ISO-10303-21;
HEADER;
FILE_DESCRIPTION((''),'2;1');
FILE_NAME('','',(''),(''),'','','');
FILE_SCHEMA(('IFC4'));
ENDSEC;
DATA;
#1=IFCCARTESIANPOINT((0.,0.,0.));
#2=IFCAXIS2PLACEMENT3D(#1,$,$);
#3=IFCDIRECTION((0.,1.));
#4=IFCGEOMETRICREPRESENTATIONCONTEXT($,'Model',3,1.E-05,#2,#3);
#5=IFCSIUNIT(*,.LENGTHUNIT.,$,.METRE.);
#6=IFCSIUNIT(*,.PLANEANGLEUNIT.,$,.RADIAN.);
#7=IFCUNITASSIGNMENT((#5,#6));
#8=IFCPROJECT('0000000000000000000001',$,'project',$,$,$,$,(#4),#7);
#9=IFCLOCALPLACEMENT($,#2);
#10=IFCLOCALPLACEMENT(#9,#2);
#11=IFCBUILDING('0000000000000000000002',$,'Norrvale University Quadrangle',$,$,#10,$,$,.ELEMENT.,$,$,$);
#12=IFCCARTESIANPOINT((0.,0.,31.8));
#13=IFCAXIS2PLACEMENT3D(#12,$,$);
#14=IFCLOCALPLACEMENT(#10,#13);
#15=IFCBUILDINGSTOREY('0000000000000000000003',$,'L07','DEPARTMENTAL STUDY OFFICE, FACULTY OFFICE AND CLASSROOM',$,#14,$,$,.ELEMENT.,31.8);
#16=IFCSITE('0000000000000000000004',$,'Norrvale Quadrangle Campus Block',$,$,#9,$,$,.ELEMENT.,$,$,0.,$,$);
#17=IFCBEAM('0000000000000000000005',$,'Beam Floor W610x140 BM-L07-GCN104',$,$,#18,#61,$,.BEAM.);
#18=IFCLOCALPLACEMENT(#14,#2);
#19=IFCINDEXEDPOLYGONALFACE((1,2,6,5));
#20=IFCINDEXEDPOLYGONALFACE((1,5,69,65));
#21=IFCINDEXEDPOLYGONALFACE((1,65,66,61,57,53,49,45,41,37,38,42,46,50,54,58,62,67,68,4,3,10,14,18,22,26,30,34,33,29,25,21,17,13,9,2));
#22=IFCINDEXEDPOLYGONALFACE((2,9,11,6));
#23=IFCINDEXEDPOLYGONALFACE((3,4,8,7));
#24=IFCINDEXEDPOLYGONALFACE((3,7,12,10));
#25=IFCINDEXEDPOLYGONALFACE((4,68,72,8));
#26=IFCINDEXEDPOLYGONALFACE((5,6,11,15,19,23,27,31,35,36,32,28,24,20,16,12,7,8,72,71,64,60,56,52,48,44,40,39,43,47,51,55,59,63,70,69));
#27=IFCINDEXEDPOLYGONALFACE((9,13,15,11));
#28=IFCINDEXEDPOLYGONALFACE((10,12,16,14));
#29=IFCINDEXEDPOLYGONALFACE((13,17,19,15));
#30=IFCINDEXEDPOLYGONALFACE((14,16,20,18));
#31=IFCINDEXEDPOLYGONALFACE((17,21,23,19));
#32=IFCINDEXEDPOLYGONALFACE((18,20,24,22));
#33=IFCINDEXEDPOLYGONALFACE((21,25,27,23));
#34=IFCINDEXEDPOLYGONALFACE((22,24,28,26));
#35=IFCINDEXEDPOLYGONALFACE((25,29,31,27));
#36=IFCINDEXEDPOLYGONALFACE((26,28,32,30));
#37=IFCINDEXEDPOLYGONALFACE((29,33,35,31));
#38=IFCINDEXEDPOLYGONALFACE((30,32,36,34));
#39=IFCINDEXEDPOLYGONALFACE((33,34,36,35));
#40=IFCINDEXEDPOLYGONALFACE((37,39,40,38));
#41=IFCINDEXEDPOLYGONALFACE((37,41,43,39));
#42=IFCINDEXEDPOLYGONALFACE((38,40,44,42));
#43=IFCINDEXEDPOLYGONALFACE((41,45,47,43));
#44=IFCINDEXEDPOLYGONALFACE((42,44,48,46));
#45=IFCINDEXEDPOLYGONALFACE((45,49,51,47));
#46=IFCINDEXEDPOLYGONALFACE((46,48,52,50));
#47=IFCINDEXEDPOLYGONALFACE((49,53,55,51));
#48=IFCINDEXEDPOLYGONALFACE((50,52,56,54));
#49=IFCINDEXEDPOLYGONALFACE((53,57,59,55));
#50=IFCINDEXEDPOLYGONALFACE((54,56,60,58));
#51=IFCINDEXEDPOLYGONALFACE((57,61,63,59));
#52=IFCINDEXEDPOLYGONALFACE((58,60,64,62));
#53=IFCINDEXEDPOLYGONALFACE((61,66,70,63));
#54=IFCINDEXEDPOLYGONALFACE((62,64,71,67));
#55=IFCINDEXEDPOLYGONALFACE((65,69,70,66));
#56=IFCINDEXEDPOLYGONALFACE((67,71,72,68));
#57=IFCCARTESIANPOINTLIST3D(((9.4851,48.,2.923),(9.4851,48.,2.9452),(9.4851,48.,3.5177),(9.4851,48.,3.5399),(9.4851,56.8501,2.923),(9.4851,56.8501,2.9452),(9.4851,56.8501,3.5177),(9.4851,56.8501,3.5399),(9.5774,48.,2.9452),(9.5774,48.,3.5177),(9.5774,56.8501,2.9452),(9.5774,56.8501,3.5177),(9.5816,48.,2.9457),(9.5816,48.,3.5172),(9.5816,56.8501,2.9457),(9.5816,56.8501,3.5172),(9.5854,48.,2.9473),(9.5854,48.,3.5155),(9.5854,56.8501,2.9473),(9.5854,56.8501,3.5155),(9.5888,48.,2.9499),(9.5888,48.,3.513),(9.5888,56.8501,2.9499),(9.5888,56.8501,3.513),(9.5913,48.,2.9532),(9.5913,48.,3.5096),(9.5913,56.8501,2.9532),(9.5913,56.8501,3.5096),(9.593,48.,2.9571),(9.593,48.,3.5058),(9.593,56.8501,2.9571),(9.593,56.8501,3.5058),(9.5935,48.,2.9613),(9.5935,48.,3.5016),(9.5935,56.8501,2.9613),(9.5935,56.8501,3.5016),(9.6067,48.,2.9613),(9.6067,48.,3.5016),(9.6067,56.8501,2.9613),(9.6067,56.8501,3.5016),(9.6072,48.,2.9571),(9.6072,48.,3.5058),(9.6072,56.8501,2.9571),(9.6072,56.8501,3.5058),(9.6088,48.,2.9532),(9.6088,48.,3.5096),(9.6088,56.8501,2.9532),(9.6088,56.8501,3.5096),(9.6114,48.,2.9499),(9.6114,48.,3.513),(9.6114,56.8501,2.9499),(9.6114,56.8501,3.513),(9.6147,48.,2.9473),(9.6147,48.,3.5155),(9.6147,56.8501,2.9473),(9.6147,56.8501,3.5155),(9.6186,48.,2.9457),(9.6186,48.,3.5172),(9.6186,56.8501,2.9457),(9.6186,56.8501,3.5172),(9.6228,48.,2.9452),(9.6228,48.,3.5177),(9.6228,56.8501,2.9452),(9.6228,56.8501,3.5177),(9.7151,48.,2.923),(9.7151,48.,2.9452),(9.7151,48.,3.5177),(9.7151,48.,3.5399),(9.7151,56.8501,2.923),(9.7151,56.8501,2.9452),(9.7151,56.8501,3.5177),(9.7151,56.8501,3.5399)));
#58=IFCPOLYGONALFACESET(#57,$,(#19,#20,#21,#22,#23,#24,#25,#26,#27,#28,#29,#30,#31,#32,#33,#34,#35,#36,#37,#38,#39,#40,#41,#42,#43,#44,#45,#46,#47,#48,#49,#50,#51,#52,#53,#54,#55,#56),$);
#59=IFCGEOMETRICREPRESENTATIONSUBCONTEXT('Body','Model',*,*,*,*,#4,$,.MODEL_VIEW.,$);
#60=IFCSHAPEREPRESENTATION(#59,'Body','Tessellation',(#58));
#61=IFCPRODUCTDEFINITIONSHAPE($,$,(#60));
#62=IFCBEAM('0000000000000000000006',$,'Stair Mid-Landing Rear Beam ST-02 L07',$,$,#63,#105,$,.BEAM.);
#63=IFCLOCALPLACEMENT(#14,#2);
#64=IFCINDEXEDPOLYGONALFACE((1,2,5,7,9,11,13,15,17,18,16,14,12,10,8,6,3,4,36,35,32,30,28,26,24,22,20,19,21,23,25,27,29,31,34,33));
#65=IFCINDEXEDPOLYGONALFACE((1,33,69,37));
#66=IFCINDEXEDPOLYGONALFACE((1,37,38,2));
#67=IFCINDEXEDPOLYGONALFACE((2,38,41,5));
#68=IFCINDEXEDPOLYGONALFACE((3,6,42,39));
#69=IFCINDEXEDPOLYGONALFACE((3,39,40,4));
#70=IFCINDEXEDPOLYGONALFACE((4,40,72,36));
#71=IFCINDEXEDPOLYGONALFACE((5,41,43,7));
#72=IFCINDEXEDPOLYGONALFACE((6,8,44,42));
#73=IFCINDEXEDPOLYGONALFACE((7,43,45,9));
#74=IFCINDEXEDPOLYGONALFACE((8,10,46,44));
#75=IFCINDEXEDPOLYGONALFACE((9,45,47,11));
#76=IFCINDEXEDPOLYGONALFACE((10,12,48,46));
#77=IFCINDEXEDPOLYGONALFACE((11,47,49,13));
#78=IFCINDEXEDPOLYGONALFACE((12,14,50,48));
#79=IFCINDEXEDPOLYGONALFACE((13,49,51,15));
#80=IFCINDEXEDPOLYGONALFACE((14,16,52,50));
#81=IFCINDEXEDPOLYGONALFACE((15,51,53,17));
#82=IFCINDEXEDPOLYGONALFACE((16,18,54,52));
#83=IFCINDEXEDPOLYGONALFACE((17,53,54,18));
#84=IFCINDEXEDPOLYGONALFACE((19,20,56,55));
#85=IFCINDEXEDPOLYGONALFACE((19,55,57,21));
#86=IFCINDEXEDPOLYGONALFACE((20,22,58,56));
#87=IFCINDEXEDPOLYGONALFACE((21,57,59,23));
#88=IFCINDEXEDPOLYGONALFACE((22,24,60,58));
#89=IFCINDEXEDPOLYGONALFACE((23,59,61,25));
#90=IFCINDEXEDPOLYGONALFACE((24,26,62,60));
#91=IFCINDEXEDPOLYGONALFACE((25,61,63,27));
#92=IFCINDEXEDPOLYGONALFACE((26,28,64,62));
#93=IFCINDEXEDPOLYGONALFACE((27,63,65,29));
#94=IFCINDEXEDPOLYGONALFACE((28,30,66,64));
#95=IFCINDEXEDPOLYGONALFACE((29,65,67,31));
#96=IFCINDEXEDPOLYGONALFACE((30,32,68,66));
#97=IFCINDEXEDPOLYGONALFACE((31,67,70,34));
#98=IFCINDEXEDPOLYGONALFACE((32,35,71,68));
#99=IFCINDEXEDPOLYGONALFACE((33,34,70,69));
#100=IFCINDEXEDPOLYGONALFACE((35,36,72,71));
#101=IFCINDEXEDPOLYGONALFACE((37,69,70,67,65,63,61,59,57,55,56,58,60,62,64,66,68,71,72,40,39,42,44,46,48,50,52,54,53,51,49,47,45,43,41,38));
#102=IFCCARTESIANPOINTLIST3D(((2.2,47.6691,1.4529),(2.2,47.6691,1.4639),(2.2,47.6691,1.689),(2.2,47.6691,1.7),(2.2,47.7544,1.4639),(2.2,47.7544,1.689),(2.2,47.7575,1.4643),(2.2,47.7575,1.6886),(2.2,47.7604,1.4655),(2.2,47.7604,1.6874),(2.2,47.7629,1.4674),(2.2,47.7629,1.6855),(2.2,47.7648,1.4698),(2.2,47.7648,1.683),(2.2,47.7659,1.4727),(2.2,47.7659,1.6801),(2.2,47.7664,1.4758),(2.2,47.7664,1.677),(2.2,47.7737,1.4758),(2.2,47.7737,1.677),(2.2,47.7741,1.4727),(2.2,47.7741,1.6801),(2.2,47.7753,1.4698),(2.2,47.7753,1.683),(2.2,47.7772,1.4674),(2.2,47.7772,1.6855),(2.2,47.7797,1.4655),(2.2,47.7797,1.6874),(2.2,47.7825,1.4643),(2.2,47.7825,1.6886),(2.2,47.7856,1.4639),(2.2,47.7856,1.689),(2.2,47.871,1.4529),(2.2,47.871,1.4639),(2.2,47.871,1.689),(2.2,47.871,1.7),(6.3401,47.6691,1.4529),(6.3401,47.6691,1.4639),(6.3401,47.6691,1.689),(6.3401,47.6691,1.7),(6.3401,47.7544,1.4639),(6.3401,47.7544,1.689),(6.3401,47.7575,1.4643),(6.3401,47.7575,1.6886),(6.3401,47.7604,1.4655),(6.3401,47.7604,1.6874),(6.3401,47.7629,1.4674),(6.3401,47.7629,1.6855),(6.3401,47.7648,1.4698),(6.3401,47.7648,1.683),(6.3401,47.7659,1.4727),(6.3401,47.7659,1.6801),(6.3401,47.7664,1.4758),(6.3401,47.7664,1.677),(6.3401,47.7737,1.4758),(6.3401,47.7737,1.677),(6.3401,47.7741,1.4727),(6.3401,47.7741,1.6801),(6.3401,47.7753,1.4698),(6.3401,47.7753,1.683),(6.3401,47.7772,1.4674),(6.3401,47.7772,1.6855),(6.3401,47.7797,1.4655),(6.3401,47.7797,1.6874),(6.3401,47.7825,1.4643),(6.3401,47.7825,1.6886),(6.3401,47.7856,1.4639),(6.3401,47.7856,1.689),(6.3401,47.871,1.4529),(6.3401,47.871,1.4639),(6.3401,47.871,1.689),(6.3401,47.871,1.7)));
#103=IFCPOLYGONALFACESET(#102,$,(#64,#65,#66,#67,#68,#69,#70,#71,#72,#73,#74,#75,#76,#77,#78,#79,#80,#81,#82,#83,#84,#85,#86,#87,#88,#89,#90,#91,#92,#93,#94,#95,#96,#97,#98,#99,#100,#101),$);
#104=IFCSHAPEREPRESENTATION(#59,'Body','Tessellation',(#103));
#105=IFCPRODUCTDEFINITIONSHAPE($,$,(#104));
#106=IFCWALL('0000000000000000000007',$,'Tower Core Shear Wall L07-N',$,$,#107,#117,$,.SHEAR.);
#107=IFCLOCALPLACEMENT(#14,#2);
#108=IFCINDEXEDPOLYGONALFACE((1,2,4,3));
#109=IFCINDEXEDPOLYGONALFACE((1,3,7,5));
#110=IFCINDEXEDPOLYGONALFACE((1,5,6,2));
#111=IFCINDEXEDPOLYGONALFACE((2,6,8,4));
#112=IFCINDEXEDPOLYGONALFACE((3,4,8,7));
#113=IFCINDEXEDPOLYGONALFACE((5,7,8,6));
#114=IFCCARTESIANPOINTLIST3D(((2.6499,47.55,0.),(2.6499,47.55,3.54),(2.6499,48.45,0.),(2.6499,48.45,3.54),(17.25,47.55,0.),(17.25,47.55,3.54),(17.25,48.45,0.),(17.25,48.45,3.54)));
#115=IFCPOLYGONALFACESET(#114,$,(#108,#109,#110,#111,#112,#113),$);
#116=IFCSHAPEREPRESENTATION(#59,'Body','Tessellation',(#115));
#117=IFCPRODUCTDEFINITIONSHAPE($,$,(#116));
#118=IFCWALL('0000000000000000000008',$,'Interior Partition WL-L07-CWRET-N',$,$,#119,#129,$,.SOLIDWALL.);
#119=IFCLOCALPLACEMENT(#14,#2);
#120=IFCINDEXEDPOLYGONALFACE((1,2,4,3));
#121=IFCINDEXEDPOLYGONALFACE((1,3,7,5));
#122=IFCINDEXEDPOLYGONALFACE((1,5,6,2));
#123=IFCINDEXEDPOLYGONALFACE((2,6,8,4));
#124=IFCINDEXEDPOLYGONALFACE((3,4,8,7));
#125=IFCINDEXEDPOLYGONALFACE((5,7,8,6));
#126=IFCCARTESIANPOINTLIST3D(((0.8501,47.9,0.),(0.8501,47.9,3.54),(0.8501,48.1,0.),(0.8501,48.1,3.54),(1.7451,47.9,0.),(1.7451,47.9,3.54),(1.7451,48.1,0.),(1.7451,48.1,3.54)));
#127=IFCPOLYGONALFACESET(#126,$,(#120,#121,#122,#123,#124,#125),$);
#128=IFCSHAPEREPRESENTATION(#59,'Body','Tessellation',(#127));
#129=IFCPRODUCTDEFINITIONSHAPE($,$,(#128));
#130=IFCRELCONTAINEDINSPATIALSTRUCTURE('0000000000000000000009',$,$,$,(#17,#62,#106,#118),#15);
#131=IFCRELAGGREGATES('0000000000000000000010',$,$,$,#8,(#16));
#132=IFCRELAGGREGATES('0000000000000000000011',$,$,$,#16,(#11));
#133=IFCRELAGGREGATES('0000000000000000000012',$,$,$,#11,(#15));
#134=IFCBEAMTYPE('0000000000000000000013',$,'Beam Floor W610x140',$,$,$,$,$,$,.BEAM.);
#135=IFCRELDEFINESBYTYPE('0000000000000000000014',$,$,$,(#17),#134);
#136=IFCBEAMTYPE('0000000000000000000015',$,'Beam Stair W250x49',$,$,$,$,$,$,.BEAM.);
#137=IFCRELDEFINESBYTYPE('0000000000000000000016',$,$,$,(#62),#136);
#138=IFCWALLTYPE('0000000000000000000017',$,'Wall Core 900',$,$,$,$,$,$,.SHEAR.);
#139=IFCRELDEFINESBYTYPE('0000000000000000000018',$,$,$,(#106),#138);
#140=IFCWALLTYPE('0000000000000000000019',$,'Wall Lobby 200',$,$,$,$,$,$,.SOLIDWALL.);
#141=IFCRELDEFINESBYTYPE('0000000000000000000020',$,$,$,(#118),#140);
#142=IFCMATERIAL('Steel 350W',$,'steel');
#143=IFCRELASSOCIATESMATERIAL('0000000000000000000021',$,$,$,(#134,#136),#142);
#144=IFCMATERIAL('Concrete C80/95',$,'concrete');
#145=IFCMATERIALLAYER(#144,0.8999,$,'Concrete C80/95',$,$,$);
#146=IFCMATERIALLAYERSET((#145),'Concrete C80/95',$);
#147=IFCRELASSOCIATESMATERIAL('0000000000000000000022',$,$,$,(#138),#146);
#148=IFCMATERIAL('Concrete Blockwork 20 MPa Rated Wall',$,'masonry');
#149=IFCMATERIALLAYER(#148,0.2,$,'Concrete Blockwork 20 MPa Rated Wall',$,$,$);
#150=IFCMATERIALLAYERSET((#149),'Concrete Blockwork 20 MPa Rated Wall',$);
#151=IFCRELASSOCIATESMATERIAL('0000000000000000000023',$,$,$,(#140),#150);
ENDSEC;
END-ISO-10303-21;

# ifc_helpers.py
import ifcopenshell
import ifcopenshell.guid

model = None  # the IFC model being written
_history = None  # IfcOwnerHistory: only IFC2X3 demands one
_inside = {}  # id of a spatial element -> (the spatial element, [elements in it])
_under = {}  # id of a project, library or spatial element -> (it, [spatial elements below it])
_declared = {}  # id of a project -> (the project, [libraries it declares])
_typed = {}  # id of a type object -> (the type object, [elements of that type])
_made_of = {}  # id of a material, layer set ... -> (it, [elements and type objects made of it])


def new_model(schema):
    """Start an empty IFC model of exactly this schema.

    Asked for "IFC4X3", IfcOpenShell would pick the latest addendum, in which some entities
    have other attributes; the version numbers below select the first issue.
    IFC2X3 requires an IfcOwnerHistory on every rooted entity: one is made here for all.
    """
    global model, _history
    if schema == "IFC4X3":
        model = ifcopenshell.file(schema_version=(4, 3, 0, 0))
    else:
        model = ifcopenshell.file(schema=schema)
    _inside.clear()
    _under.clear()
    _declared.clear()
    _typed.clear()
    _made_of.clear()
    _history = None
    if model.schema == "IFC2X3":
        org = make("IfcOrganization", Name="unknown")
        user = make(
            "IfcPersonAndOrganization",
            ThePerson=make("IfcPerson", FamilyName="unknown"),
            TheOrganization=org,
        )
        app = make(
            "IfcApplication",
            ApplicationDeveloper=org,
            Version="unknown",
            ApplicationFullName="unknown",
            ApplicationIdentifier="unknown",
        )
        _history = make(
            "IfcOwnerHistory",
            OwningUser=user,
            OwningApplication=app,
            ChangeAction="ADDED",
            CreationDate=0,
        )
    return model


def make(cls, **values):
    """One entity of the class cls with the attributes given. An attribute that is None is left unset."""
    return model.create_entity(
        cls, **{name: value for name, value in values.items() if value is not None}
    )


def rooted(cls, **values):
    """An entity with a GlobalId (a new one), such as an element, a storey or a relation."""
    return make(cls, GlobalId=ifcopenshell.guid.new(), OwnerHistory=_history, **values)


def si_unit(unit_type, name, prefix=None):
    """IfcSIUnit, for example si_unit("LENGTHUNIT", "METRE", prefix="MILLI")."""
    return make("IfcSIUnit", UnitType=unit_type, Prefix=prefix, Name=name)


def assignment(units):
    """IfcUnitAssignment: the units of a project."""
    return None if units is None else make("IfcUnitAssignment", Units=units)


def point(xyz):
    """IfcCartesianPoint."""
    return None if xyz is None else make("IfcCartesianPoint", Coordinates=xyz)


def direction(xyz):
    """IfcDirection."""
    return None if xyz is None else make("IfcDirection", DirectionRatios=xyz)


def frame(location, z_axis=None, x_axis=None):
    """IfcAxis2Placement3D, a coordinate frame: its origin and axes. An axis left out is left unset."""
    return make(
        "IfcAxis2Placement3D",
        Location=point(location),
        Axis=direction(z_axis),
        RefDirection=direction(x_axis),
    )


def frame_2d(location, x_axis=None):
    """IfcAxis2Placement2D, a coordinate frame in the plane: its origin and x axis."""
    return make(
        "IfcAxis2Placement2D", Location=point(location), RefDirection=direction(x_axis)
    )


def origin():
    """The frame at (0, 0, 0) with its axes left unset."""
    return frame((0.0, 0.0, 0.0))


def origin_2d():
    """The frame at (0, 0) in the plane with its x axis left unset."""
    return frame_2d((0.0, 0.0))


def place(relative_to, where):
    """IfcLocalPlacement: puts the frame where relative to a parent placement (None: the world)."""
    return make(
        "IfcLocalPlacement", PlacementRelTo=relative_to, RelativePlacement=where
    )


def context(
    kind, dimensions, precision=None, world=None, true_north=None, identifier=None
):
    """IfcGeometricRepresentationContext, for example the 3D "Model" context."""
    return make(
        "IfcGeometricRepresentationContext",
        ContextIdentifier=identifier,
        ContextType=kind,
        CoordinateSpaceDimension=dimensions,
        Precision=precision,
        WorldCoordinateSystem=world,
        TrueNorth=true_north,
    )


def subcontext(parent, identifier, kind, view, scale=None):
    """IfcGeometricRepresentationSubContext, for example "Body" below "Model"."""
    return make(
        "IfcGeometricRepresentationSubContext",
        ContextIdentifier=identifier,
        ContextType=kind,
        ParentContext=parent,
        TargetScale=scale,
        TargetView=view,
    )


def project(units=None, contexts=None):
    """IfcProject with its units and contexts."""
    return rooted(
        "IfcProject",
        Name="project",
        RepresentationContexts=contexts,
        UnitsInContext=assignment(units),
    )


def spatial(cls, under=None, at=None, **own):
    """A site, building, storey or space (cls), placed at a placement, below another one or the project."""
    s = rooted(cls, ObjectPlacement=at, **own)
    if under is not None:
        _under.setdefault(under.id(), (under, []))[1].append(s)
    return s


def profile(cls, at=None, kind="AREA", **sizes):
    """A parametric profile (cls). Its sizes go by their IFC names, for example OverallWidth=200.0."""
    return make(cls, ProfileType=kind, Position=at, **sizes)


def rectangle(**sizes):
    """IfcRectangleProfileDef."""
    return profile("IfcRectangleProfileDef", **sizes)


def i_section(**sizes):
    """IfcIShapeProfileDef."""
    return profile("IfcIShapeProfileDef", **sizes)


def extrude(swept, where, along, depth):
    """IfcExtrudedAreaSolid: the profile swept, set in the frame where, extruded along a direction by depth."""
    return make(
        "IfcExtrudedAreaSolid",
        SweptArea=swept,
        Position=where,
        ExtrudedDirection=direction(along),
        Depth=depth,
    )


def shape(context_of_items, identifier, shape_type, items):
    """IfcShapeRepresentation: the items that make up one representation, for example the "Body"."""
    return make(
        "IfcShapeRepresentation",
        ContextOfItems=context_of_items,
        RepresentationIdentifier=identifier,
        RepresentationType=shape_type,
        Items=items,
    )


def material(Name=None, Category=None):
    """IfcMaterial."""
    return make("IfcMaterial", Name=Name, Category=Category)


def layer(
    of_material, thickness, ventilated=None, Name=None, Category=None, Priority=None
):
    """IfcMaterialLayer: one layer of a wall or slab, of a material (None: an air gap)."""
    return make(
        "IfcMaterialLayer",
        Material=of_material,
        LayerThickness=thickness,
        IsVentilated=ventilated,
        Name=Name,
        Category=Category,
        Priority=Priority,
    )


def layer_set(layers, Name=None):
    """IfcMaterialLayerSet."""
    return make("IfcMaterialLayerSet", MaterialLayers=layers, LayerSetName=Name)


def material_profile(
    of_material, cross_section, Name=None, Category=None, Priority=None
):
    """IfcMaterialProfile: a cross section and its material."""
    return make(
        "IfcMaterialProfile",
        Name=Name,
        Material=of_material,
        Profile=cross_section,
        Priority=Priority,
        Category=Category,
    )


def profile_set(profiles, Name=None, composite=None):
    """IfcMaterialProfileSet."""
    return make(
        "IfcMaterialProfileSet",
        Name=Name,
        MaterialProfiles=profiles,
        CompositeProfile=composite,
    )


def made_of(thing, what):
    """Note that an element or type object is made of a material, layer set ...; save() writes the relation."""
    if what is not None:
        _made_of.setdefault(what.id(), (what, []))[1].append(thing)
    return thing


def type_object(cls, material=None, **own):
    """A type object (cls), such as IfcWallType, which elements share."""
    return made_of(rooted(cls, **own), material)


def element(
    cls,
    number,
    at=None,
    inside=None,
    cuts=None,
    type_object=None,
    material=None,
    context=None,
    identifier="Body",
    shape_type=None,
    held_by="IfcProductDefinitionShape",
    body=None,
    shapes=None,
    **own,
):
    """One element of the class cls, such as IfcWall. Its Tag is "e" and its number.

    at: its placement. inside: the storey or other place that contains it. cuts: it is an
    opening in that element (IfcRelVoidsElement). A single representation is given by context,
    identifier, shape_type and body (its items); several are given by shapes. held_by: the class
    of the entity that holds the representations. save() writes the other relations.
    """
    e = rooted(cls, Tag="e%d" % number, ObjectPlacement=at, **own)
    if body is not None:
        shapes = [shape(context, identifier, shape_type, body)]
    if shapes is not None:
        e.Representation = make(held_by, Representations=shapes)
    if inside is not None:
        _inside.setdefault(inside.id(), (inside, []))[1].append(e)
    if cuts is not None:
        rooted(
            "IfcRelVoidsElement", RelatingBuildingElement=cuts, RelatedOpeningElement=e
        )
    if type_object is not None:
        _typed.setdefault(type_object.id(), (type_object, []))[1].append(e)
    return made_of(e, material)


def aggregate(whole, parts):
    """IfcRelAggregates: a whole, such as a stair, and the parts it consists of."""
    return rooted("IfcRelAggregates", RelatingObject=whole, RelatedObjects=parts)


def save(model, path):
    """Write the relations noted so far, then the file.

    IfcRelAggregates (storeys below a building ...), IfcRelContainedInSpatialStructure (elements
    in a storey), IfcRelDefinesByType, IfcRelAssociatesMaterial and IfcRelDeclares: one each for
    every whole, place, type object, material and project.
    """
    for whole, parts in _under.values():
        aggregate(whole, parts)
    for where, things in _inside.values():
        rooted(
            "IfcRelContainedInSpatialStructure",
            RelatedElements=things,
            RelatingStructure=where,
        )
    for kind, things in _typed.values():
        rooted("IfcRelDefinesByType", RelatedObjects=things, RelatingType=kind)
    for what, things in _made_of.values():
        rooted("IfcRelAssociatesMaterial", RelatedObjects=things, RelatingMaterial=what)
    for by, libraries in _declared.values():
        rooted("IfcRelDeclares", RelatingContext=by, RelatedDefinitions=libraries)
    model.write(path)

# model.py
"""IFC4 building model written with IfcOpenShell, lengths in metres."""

from ifc_helpers import new_model, si_unit, direction, frame, frame_2d, origin, origin_2d, place, context, subcontext, project, spatial, rectangle, i_section, extrude, material, layer, layer_set, material_profile, profile_set, type_object, element, save


model = new_model("IFC4")

# Units and contexts
model_context = context("Model", 3, precision=1e-05, world=origin(), true_north=direction((0.0, 1.0)))
body_context = subcontext(model_context, "Body", "Model", "MODEL_VIEW")
ifc_project = project(units=[si_unit("LENGTHUNIT", "METRE"), si_unit("PLANEANGLEUNIT", "RADIAN")], contexts=[model_context])

# Site, building, storey
site_placement = place(None, origin())
site = spatial("IfcSite", under=ifc_project, at=site_placement, Name="Norrvale Quadrangle Campus Block", CompositionType="ELEMENT", RefElevation=0.0)
building_placement = place(site_placement, origin())
building = spatial("IfcBuilding", under=site, at=building_placement, Name="Norrvale University Quadrangle", CompositionType="ELEMENT")
storey_placement = place(building_placement, frame((0.0, 0.0, 31.8)))
storey = spatial("IfcBuildingStorey", under=building, at=storey_placement, Name="L07", Description="DEPARTMENTAL STUDY OFFICE, FACULTY OFFICE AND CLASSROOM", CompositionType="ELEMENT", Elevation=31.8)

# Shared definitions
ifc_material_1 = material(Name="Concrete C80/95", Category="concrete")

# Beams
ifc_material_2 = material(Name="Steel 350W", Category="steel")
ifc_material_profile_1 = material_profile(ifc_material_2, i_section(OverallWidth=0.23, OverallDepth=0.6169, WebThickness=0.0132, FlangeThickness=0.0222, FilletRadius=0.0161, at=origin_2d()), Name="Steel 350W")
ifc_profile_set_1 = profile_set([ifc_material_profile_1], Name="Steel 350W")
beam_type_1 = type_object("IfcBeamType", Name="Beam Floor W610x140", PredefinedType="BEAM", material=ifc_profile_set_1)
beam_1_placement = place(storey_placement, frame((9.6001, 48.0, 3.2314), z_axis=(0.0, 1.0, 0.0), x_axis=(-1.0, 0.0, 0.0)))
element("IfcBeam", 1, at=beam_1_placement, inside=storey, type_object=beam_type_1, Name="Beam Floor W610x140 BM-L07-GCN104", PredefinedType="BEAM", context=body_context, shape_type="SweptSolid", body=[
    extrude(i_section(OverallWidth=0.23, OverallDepth=0.6169, WebThickness=0.0132, FlangeThickness=0.0222, FilletRadius=0.0161, at=origin_2d()), origin(), (0.0, 0.0, 1.0), 8.8501),
])
ifc_material_profile_2 = material_profile(ifc_material_2, i_section(OverallWidth=0.2019, OverallDepth=0.2471, WebThickness=0.0073, FlangeThickness=0.011, FilletRadius=0.012, at=origin_2d()), Name="Steel 350W")
ifc_profile_set_2 = profile_set([ifc_material_profile_2], Name="Steel 350W")
beam_type_2 = type_object("IfcBeamType", Name="Beam Stair W250x49", PredefinedType="BEAM", material=ifc_profile_set_2)
beam_2_placement = place(storey_placement, frame((2.2, 47.77, 1.5764), z_axis=(1.0, 0.0, 0.0), x_axis=(0.0, 1.0, 0.0)))
element("IfcBeam", 2, at=beam_2_placement, inside=storey, type_object=beam_type_2, Name="Stair Mid-Landing Rear Beam ST-02 L07", PredefinedType="BEAM", context=body_context, shape_type="SweptSolid", body=[
    extrude(i_section(OverallWidth=0.2019, OverallDepth=0.2471, WebThickness=0.0073, FlangeThickness=0.011, FilletRadius=0.012, at=origin_2d()), origin(), (0.0, 0.0, 1.0), 4.1401),
])

# Wall
ifc_layer_1 = layer(ifc_material_1, 0.8999, Name="Concrete C80/95")
ifc_layer_set_1 = layer_set([ifc_layer_1], Name="Concrete C80/95")
wall_type_1 = type_object("IfcWallType", Name="Wall Core 900", PredefinedType="SHEAR", material=ifc_layer_set_1)
wall_1_placement = place(storey_placement, frame((2.6499, 48.0, 0.0), z_axis=(0.0, 0.0, 1.0), x_axis=(1.0, 0.0, 0.0)))
element("IfcWall", 3, at=wall_1_placement, inside=storey, type_object=wall_type_1, Name="Tower Core Shear Wall L07-N", PredefinedType="SHEAR", context=body_context, shape_type="SweptSolid", body=[
    extrude(rectangle(XDim=14.6001, YDim=0.8999, at=frame_2d((7.3, 0.0))), origin(), (0.0, 0.0, 1.0), 3.54),
])

# Wall
ifc_material_3 = material(Name="Concrete Blockwork 20 MPa Rated Wall", Category="masonry")
ifc_layer_2 = layer(ifc_material_3, 0.2, Name="Concrete Blockwork 20 MPa Rated Wall")
ifc_layer_set_2 = layer_set([ifc_layer_2], Name="Concrete Blockwork 20 MPa Rated Wall")
wall_type_2 = type_object("IfcWallType", Name="Wall Lobby 200", PredefinedType="SOLIDWALL", material=ifc_layer_set_2)
wall_2_placement = place(storey_placement, frame((0.8501, 48.0, 0.0), z_axis=(0.0, 0.0, 1.0), x_axis=(1.0, 0.0, 0.0)))
element("IfcWall", 4, at=wall_2_placement, inside=storey, type_object=wall_type_2, Name="Interior Partition WL-L07-CWRET-N", PredefinedType="SOLIDWALL", context=body_context, shape_type="SweptSolid", body=[
    extrude(rectangle(XDim=0.895, YDim=0.2, at=frame_2d((0.4475, 0.0))), origin(), (0.0, 0.0, 1.0), 3.54),
])

save(model, "model.ifc")
